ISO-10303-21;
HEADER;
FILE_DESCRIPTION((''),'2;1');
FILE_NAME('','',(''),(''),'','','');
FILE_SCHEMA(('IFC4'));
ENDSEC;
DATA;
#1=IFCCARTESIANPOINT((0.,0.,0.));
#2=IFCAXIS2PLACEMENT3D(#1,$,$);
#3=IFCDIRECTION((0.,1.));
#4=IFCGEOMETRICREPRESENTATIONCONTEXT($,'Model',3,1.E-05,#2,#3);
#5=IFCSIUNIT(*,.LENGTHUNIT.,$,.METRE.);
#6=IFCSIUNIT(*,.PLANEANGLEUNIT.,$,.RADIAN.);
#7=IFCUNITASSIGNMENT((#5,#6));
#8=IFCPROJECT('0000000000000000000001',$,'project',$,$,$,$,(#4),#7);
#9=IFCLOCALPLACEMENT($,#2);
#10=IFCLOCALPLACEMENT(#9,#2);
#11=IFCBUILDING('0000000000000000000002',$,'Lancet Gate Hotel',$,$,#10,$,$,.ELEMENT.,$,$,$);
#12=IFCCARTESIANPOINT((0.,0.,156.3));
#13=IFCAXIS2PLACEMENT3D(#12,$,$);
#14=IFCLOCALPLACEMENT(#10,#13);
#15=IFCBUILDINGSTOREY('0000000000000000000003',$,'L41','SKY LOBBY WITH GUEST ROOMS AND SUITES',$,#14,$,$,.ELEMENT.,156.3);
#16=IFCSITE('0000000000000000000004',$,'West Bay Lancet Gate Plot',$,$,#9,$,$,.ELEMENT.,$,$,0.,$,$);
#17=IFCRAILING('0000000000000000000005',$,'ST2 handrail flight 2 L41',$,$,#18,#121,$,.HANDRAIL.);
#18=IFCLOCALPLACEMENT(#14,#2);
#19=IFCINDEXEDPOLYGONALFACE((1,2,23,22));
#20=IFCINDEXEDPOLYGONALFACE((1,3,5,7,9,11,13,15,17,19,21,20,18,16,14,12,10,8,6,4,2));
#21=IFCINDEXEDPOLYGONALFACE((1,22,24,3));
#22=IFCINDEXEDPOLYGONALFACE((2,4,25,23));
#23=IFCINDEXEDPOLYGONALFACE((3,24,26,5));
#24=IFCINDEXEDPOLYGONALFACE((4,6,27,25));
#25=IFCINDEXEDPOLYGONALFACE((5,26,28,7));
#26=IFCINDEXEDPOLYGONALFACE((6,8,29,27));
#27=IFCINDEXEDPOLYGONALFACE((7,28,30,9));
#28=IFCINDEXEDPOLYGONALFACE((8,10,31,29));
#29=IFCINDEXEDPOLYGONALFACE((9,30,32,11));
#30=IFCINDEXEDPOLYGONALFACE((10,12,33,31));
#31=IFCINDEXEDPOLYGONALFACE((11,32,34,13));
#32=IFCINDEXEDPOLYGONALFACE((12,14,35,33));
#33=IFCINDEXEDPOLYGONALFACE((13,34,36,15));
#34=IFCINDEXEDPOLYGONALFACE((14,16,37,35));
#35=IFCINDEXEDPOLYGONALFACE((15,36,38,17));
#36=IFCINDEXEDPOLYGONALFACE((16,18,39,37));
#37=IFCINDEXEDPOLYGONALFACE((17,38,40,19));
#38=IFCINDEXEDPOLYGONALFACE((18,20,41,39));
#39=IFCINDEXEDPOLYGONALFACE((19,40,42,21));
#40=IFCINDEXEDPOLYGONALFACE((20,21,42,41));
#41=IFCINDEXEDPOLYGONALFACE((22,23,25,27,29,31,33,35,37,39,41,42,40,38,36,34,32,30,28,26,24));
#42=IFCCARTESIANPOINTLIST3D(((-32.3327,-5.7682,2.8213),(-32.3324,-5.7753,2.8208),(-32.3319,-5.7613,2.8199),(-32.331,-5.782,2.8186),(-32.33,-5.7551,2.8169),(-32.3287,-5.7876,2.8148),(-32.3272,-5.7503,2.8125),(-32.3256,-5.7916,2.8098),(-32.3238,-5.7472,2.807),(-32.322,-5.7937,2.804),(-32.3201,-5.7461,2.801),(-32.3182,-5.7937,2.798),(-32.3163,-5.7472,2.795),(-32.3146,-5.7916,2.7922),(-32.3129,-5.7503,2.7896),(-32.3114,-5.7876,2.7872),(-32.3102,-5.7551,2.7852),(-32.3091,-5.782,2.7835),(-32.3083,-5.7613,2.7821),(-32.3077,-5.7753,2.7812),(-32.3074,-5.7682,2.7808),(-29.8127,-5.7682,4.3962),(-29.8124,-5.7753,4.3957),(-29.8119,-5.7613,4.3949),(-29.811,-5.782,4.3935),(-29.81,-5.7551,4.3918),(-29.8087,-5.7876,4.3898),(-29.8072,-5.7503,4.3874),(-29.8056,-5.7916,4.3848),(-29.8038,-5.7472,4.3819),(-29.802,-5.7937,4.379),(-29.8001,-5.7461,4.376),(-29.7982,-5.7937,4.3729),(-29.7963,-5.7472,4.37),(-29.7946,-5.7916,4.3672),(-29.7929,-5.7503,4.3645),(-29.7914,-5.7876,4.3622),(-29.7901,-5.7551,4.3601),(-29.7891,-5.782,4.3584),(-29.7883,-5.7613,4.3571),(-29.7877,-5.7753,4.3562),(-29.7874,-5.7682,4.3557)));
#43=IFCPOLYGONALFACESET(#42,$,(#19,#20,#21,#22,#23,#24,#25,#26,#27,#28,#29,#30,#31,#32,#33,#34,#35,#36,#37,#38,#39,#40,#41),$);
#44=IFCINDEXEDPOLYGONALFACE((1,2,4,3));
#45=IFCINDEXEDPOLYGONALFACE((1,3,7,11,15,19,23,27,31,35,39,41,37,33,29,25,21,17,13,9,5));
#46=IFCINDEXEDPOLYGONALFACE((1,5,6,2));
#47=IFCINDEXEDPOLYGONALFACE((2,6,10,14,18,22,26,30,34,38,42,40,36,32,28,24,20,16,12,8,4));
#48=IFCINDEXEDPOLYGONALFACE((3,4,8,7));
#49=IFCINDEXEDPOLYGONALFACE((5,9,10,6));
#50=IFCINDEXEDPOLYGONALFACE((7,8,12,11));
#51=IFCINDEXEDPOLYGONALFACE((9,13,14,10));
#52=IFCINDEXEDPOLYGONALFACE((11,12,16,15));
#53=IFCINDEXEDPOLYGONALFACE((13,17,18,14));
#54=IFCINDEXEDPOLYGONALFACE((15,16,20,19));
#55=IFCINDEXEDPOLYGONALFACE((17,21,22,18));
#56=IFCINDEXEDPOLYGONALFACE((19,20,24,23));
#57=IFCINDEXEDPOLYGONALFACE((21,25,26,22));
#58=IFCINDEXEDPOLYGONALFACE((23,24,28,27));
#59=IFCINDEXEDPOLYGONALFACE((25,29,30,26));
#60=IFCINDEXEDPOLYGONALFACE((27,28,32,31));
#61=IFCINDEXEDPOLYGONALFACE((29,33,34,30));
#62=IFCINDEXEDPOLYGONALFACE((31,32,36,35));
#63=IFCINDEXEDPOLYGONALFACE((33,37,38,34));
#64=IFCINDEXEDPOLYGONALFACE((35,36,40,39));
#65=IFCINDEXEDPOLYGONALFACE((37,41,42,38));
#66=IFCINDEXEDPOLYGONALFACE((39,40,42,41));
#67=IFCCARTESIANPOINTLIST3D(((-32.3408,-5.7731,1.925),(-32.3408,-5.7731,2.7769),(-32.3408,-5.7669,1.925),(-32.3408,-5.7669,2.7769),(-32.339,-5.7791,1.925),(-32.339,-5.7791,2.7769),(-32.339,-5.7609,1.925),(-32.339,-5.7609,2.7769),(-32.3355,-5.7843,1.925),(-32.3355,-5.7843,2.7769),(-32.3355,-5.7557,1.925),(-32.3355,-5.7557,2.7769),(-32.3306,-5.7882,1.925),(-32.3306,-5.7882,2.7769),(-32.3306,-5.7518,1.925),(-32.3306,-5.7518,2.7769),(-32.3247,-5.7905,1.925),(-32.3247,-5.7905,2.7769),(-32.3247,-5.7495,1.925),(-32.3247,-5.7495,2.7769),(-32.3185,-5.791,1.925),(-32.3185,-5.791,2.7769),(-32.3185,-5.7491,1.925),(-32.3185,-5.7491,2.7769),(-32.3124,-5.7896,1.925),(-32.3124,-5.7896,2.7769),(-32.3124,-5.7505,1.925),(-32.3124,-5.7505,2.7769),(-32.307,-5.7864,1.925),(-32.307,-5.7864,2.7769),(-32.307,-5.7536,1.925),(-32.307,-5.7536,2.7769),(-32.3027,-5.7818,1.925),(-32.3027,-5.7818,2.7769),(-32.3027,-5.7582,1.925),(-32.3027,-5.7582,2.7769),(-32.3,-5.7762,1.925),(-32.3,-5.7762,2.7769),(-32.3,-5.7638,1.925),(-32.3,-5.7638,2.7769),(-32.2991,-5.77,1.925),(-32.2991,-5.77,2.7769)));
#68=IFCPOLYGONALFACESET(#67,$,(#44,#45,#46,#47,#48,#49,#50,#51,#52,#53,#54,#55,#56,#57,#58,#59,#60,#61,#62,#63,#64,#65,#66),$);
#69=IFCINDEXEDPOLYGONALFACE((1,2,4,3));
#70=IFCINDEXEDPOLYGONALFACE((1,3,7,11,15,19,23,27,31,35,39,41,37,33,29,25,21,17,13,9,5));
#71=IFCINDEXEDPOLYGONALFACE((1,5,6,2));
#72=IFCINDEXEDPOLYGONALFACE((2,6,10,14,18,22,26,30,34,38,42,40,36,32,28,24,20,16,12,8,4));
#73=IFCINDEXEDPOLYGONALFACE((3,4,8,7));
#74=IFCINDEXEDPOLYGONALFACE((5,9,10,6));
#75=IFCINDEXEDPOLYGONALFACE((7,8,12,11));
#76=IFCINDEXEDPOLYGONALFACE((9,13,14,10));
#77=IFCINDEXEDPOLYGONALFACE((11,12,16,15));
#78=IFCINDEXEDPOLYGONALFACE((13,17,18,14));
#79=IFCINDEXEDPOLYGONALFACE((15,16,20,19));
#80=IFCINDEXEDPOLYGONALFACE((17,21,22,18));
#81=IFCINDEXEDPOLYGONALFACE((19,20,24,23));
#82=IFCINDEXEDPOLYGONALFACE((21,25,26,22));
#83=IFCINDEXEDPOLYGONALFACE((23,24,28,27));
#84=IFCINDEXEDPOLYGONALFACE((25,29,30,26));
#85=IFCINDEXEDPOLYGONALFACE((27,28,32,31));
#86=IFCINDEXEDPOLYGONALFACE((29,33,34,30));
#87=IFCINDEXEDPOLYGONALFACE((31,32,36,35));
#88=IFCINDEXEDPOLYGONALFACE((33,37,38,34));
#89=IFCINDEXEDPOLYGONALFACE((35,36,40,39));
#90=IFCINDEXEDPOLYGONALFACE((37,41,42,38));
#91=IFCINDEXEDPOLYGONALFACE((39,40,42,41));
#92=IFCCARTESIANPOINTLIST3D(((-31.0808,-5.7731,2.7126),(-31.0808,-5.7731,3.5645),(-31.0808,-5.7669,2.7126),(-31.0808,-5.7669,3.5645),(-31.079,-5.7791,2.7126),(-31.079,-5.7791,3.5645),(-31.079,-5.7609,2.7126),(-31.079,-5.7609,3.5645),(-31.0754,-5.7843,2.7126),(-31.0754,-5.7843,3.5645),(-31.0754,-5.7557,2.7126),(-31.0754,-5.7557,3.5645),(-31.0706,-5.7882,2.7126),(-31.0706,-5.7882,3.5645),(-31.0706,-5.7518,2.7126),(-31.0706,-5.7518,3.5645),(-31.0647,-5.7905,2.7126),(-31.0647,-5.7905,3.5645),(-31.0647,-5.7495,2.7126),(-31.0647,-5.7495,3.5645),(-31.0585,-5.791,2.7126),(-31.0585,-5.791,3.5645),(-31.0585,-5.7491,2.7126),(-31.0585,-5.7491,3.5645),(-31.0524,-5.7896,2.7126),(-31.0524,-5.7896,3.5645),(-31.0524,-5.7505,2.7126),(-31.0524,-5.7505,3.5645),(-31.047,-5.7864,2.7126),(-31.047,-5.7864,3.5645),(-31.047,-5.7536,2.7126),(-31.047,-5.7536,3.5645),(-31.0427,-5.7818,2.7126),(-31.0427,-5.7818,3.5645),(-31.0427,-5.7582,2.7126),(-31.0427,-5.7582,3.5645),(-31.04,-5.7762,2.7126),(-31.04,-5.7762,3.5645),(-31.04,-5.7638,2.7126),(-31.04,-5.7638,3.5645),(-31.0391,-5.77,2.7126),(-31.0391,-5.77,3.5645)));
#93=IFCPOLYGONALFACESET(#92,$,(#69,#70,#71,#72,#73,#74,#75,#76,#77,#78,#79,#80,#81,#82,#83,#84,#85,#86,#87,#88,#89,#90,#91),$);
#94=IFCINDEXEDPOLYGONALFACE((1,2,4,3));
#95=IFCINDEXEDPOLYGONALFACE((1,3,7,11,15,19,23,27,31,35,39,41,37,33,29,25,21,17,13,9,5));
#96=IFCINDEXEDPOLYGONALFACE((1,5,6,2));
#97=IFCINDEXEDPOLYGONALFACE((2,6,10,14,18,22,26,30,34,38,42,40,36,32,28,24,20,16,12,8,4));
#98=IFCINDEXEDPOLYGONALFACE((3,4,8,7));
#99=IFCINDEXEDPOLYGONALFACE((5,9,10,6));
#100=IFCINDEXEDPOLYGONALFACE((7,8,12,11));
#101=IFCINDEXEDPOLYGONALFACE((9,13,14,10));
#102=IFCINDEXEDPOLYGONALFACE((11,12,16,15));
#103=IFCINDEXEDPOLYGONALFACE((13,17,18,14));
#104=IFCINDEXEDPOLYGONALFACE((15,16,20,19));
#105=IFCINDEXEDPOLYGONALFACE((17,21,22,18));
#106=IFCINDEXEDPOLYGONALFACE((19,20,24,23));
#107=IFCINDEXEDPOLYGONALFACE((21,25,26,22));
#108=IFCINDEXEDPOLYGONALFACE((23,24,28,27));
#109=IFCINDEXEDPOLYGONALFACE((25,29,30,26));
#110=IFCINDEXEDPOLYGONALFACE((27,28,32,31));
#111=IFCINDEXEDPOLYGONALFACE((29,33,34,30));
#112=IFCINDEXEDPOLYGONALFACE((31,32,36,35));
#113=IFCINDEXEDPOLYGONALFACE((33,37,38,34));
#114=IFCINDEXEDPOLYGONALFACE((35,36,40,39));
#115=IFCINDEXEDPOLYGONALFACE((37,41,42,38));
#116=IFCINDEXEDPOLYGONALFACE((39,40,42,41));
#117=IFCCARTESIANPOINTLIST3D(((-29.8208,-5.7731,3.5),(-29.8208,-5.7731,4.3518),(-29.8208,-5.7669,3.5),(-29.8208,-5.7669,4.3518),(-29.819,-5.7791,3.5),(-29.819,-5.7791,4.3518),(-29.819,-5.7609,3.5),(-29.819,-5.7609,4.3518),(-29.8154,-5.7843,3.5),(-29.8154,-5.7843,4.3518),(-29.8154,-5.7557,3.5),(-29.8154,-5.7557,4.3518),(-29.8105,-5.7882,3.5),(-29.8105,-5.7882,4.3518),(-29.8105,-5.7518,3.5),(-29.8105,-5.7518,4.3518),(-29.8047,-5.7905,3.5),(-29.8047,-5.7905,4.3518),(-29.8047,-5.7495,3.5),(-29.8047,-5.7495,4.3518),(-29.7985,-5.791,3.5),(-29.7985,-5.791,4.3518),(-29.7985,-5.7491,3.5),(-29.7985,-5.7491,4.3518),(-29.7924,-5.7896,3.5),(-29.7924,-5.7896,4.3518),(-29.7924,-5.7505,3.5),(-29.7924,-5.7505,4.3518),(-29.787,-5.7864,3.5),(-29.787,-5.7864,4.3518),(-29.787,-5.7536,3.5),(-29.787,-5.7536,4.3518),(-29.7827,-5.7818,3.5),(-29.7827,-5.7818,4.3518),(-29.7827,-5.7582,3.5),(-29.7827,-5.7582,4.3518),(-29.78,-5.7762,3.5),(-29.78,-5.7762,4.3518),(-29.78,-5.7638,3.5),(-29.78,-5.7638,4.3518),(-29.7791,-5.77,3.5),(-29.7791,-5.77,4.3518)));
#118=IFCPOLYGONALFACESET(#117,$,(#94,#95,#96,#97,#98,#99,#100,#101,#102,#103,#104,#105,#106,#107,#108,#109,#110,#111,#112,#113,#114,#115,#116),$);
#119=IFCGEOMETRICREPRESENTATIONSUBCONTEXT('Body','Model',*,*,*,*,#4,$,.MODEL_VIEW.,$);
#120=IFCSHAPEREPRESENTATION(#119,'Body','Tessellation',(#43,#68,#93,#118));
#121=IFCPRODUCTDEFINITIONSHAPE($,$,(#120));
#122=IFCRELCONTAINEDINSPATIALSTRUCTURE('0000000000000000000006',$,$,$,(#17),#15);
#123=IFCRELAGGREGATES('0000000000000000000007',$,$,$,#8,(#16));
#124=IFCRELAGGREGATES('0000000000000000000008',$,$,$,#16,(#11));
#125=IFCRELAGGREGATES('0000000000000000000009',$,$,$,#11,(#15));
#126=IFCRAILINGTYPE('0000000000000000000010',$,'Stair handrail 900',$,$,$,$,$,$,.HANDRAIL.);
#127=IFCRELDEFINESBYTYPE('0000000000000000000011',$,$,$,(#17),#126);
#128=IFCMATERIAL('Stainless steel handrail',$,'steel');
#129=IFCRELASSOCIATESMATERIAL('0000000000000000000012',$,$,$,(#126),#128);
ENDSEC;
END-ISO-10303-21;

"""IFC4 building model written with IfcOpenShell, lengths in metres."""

from ifc_helpers import new_model, si_unit, direction, frame, origin, origin_2d, place, context, subcontext, project, spatial, circle, extrude, material, type_object, element, save


model = new_model("IFC4")

# Units and contexts
model_context = context("Model", 3, precision=1e-05, world=origin(), true_north=direction((0.0, 1.0)))
body_context = subcontext(model_context, "Body", "Model", "MODEL_VIEW")
ifc_project = project(units=[si_unit("LENGTHUNIT", "METRE"), si_unit("PLANEANGLEUNIT", "RADIAN")], contexts=[model_context])

# Site, building, storey
site_placement = place(None, origin())
site = spatial("IfcSite", under=ifc_project, at=site_placement, Name="West Bay Lancet Gate Plot", CompositionType="ELEMENT", RefElevation=0.0)
building_placement = place(site_placement, origin())
building = spatial("IfcBuilding", under=site, at=building_placement, Name="Lancet Gate Hotel", CompositionType="ELEMENT")
storey_placement = place(building_placement, frame((0.0, 0.0, 156.3)))
storey = spatial("IfcBuildingStorey", under=building, at=storey_placement, Name="L41", Description="SKY LOBBY WITH GUEST ROOMS AND SUITES", CompositionType="ELEMENT", Elevation=156.3)

# Railing
ifc_material_1 = material(Name="Stainless steel handrail", Category="steel")
railing_type = type_object("IfcRailingType", Name="Stair handrail 900", PredefinedType="HANDRAIL", material=ifc_material_1)
railing_placement = place(storey_placement, frame((-32.3201, -5.77, 1.925)))
element("IfcRailing", 1, at=railing_placement, inside=storey, type_object=railing_type, Name="ST2 handrail flight 2 L41", PredefinedType="HANDRAIL", context=body_context, shape_type="SweptSolid", body=[
    extrude(circle(Radius=0.0239, at=origin_2d()), frame((0.0, 0.0, 0.876), z_axis=(0.848008, 0.0, 0.529984), x_axis=(0.0, 1.0, 0.0)), (0.0, 0.0, 1.0), 2.9717),
    extrude(circle(Radius=0.021, at=origin_2d()), origin(), (0.0, 0.0, 1.0), 0.8518),
    extrude(circle(Radius=0.021, at=origin_2d()), frame((1.26, 0.0, 0.7876)), (0.0, 0.0, 1.0), 0.8518),
    extrude(circle(Radius=0.021, at=origin_2d()), frame((2.52, 0.0, 1.575)), (0.0, 0.0, 1.0), 0.8518),
])

save(model, "model.ifc")
